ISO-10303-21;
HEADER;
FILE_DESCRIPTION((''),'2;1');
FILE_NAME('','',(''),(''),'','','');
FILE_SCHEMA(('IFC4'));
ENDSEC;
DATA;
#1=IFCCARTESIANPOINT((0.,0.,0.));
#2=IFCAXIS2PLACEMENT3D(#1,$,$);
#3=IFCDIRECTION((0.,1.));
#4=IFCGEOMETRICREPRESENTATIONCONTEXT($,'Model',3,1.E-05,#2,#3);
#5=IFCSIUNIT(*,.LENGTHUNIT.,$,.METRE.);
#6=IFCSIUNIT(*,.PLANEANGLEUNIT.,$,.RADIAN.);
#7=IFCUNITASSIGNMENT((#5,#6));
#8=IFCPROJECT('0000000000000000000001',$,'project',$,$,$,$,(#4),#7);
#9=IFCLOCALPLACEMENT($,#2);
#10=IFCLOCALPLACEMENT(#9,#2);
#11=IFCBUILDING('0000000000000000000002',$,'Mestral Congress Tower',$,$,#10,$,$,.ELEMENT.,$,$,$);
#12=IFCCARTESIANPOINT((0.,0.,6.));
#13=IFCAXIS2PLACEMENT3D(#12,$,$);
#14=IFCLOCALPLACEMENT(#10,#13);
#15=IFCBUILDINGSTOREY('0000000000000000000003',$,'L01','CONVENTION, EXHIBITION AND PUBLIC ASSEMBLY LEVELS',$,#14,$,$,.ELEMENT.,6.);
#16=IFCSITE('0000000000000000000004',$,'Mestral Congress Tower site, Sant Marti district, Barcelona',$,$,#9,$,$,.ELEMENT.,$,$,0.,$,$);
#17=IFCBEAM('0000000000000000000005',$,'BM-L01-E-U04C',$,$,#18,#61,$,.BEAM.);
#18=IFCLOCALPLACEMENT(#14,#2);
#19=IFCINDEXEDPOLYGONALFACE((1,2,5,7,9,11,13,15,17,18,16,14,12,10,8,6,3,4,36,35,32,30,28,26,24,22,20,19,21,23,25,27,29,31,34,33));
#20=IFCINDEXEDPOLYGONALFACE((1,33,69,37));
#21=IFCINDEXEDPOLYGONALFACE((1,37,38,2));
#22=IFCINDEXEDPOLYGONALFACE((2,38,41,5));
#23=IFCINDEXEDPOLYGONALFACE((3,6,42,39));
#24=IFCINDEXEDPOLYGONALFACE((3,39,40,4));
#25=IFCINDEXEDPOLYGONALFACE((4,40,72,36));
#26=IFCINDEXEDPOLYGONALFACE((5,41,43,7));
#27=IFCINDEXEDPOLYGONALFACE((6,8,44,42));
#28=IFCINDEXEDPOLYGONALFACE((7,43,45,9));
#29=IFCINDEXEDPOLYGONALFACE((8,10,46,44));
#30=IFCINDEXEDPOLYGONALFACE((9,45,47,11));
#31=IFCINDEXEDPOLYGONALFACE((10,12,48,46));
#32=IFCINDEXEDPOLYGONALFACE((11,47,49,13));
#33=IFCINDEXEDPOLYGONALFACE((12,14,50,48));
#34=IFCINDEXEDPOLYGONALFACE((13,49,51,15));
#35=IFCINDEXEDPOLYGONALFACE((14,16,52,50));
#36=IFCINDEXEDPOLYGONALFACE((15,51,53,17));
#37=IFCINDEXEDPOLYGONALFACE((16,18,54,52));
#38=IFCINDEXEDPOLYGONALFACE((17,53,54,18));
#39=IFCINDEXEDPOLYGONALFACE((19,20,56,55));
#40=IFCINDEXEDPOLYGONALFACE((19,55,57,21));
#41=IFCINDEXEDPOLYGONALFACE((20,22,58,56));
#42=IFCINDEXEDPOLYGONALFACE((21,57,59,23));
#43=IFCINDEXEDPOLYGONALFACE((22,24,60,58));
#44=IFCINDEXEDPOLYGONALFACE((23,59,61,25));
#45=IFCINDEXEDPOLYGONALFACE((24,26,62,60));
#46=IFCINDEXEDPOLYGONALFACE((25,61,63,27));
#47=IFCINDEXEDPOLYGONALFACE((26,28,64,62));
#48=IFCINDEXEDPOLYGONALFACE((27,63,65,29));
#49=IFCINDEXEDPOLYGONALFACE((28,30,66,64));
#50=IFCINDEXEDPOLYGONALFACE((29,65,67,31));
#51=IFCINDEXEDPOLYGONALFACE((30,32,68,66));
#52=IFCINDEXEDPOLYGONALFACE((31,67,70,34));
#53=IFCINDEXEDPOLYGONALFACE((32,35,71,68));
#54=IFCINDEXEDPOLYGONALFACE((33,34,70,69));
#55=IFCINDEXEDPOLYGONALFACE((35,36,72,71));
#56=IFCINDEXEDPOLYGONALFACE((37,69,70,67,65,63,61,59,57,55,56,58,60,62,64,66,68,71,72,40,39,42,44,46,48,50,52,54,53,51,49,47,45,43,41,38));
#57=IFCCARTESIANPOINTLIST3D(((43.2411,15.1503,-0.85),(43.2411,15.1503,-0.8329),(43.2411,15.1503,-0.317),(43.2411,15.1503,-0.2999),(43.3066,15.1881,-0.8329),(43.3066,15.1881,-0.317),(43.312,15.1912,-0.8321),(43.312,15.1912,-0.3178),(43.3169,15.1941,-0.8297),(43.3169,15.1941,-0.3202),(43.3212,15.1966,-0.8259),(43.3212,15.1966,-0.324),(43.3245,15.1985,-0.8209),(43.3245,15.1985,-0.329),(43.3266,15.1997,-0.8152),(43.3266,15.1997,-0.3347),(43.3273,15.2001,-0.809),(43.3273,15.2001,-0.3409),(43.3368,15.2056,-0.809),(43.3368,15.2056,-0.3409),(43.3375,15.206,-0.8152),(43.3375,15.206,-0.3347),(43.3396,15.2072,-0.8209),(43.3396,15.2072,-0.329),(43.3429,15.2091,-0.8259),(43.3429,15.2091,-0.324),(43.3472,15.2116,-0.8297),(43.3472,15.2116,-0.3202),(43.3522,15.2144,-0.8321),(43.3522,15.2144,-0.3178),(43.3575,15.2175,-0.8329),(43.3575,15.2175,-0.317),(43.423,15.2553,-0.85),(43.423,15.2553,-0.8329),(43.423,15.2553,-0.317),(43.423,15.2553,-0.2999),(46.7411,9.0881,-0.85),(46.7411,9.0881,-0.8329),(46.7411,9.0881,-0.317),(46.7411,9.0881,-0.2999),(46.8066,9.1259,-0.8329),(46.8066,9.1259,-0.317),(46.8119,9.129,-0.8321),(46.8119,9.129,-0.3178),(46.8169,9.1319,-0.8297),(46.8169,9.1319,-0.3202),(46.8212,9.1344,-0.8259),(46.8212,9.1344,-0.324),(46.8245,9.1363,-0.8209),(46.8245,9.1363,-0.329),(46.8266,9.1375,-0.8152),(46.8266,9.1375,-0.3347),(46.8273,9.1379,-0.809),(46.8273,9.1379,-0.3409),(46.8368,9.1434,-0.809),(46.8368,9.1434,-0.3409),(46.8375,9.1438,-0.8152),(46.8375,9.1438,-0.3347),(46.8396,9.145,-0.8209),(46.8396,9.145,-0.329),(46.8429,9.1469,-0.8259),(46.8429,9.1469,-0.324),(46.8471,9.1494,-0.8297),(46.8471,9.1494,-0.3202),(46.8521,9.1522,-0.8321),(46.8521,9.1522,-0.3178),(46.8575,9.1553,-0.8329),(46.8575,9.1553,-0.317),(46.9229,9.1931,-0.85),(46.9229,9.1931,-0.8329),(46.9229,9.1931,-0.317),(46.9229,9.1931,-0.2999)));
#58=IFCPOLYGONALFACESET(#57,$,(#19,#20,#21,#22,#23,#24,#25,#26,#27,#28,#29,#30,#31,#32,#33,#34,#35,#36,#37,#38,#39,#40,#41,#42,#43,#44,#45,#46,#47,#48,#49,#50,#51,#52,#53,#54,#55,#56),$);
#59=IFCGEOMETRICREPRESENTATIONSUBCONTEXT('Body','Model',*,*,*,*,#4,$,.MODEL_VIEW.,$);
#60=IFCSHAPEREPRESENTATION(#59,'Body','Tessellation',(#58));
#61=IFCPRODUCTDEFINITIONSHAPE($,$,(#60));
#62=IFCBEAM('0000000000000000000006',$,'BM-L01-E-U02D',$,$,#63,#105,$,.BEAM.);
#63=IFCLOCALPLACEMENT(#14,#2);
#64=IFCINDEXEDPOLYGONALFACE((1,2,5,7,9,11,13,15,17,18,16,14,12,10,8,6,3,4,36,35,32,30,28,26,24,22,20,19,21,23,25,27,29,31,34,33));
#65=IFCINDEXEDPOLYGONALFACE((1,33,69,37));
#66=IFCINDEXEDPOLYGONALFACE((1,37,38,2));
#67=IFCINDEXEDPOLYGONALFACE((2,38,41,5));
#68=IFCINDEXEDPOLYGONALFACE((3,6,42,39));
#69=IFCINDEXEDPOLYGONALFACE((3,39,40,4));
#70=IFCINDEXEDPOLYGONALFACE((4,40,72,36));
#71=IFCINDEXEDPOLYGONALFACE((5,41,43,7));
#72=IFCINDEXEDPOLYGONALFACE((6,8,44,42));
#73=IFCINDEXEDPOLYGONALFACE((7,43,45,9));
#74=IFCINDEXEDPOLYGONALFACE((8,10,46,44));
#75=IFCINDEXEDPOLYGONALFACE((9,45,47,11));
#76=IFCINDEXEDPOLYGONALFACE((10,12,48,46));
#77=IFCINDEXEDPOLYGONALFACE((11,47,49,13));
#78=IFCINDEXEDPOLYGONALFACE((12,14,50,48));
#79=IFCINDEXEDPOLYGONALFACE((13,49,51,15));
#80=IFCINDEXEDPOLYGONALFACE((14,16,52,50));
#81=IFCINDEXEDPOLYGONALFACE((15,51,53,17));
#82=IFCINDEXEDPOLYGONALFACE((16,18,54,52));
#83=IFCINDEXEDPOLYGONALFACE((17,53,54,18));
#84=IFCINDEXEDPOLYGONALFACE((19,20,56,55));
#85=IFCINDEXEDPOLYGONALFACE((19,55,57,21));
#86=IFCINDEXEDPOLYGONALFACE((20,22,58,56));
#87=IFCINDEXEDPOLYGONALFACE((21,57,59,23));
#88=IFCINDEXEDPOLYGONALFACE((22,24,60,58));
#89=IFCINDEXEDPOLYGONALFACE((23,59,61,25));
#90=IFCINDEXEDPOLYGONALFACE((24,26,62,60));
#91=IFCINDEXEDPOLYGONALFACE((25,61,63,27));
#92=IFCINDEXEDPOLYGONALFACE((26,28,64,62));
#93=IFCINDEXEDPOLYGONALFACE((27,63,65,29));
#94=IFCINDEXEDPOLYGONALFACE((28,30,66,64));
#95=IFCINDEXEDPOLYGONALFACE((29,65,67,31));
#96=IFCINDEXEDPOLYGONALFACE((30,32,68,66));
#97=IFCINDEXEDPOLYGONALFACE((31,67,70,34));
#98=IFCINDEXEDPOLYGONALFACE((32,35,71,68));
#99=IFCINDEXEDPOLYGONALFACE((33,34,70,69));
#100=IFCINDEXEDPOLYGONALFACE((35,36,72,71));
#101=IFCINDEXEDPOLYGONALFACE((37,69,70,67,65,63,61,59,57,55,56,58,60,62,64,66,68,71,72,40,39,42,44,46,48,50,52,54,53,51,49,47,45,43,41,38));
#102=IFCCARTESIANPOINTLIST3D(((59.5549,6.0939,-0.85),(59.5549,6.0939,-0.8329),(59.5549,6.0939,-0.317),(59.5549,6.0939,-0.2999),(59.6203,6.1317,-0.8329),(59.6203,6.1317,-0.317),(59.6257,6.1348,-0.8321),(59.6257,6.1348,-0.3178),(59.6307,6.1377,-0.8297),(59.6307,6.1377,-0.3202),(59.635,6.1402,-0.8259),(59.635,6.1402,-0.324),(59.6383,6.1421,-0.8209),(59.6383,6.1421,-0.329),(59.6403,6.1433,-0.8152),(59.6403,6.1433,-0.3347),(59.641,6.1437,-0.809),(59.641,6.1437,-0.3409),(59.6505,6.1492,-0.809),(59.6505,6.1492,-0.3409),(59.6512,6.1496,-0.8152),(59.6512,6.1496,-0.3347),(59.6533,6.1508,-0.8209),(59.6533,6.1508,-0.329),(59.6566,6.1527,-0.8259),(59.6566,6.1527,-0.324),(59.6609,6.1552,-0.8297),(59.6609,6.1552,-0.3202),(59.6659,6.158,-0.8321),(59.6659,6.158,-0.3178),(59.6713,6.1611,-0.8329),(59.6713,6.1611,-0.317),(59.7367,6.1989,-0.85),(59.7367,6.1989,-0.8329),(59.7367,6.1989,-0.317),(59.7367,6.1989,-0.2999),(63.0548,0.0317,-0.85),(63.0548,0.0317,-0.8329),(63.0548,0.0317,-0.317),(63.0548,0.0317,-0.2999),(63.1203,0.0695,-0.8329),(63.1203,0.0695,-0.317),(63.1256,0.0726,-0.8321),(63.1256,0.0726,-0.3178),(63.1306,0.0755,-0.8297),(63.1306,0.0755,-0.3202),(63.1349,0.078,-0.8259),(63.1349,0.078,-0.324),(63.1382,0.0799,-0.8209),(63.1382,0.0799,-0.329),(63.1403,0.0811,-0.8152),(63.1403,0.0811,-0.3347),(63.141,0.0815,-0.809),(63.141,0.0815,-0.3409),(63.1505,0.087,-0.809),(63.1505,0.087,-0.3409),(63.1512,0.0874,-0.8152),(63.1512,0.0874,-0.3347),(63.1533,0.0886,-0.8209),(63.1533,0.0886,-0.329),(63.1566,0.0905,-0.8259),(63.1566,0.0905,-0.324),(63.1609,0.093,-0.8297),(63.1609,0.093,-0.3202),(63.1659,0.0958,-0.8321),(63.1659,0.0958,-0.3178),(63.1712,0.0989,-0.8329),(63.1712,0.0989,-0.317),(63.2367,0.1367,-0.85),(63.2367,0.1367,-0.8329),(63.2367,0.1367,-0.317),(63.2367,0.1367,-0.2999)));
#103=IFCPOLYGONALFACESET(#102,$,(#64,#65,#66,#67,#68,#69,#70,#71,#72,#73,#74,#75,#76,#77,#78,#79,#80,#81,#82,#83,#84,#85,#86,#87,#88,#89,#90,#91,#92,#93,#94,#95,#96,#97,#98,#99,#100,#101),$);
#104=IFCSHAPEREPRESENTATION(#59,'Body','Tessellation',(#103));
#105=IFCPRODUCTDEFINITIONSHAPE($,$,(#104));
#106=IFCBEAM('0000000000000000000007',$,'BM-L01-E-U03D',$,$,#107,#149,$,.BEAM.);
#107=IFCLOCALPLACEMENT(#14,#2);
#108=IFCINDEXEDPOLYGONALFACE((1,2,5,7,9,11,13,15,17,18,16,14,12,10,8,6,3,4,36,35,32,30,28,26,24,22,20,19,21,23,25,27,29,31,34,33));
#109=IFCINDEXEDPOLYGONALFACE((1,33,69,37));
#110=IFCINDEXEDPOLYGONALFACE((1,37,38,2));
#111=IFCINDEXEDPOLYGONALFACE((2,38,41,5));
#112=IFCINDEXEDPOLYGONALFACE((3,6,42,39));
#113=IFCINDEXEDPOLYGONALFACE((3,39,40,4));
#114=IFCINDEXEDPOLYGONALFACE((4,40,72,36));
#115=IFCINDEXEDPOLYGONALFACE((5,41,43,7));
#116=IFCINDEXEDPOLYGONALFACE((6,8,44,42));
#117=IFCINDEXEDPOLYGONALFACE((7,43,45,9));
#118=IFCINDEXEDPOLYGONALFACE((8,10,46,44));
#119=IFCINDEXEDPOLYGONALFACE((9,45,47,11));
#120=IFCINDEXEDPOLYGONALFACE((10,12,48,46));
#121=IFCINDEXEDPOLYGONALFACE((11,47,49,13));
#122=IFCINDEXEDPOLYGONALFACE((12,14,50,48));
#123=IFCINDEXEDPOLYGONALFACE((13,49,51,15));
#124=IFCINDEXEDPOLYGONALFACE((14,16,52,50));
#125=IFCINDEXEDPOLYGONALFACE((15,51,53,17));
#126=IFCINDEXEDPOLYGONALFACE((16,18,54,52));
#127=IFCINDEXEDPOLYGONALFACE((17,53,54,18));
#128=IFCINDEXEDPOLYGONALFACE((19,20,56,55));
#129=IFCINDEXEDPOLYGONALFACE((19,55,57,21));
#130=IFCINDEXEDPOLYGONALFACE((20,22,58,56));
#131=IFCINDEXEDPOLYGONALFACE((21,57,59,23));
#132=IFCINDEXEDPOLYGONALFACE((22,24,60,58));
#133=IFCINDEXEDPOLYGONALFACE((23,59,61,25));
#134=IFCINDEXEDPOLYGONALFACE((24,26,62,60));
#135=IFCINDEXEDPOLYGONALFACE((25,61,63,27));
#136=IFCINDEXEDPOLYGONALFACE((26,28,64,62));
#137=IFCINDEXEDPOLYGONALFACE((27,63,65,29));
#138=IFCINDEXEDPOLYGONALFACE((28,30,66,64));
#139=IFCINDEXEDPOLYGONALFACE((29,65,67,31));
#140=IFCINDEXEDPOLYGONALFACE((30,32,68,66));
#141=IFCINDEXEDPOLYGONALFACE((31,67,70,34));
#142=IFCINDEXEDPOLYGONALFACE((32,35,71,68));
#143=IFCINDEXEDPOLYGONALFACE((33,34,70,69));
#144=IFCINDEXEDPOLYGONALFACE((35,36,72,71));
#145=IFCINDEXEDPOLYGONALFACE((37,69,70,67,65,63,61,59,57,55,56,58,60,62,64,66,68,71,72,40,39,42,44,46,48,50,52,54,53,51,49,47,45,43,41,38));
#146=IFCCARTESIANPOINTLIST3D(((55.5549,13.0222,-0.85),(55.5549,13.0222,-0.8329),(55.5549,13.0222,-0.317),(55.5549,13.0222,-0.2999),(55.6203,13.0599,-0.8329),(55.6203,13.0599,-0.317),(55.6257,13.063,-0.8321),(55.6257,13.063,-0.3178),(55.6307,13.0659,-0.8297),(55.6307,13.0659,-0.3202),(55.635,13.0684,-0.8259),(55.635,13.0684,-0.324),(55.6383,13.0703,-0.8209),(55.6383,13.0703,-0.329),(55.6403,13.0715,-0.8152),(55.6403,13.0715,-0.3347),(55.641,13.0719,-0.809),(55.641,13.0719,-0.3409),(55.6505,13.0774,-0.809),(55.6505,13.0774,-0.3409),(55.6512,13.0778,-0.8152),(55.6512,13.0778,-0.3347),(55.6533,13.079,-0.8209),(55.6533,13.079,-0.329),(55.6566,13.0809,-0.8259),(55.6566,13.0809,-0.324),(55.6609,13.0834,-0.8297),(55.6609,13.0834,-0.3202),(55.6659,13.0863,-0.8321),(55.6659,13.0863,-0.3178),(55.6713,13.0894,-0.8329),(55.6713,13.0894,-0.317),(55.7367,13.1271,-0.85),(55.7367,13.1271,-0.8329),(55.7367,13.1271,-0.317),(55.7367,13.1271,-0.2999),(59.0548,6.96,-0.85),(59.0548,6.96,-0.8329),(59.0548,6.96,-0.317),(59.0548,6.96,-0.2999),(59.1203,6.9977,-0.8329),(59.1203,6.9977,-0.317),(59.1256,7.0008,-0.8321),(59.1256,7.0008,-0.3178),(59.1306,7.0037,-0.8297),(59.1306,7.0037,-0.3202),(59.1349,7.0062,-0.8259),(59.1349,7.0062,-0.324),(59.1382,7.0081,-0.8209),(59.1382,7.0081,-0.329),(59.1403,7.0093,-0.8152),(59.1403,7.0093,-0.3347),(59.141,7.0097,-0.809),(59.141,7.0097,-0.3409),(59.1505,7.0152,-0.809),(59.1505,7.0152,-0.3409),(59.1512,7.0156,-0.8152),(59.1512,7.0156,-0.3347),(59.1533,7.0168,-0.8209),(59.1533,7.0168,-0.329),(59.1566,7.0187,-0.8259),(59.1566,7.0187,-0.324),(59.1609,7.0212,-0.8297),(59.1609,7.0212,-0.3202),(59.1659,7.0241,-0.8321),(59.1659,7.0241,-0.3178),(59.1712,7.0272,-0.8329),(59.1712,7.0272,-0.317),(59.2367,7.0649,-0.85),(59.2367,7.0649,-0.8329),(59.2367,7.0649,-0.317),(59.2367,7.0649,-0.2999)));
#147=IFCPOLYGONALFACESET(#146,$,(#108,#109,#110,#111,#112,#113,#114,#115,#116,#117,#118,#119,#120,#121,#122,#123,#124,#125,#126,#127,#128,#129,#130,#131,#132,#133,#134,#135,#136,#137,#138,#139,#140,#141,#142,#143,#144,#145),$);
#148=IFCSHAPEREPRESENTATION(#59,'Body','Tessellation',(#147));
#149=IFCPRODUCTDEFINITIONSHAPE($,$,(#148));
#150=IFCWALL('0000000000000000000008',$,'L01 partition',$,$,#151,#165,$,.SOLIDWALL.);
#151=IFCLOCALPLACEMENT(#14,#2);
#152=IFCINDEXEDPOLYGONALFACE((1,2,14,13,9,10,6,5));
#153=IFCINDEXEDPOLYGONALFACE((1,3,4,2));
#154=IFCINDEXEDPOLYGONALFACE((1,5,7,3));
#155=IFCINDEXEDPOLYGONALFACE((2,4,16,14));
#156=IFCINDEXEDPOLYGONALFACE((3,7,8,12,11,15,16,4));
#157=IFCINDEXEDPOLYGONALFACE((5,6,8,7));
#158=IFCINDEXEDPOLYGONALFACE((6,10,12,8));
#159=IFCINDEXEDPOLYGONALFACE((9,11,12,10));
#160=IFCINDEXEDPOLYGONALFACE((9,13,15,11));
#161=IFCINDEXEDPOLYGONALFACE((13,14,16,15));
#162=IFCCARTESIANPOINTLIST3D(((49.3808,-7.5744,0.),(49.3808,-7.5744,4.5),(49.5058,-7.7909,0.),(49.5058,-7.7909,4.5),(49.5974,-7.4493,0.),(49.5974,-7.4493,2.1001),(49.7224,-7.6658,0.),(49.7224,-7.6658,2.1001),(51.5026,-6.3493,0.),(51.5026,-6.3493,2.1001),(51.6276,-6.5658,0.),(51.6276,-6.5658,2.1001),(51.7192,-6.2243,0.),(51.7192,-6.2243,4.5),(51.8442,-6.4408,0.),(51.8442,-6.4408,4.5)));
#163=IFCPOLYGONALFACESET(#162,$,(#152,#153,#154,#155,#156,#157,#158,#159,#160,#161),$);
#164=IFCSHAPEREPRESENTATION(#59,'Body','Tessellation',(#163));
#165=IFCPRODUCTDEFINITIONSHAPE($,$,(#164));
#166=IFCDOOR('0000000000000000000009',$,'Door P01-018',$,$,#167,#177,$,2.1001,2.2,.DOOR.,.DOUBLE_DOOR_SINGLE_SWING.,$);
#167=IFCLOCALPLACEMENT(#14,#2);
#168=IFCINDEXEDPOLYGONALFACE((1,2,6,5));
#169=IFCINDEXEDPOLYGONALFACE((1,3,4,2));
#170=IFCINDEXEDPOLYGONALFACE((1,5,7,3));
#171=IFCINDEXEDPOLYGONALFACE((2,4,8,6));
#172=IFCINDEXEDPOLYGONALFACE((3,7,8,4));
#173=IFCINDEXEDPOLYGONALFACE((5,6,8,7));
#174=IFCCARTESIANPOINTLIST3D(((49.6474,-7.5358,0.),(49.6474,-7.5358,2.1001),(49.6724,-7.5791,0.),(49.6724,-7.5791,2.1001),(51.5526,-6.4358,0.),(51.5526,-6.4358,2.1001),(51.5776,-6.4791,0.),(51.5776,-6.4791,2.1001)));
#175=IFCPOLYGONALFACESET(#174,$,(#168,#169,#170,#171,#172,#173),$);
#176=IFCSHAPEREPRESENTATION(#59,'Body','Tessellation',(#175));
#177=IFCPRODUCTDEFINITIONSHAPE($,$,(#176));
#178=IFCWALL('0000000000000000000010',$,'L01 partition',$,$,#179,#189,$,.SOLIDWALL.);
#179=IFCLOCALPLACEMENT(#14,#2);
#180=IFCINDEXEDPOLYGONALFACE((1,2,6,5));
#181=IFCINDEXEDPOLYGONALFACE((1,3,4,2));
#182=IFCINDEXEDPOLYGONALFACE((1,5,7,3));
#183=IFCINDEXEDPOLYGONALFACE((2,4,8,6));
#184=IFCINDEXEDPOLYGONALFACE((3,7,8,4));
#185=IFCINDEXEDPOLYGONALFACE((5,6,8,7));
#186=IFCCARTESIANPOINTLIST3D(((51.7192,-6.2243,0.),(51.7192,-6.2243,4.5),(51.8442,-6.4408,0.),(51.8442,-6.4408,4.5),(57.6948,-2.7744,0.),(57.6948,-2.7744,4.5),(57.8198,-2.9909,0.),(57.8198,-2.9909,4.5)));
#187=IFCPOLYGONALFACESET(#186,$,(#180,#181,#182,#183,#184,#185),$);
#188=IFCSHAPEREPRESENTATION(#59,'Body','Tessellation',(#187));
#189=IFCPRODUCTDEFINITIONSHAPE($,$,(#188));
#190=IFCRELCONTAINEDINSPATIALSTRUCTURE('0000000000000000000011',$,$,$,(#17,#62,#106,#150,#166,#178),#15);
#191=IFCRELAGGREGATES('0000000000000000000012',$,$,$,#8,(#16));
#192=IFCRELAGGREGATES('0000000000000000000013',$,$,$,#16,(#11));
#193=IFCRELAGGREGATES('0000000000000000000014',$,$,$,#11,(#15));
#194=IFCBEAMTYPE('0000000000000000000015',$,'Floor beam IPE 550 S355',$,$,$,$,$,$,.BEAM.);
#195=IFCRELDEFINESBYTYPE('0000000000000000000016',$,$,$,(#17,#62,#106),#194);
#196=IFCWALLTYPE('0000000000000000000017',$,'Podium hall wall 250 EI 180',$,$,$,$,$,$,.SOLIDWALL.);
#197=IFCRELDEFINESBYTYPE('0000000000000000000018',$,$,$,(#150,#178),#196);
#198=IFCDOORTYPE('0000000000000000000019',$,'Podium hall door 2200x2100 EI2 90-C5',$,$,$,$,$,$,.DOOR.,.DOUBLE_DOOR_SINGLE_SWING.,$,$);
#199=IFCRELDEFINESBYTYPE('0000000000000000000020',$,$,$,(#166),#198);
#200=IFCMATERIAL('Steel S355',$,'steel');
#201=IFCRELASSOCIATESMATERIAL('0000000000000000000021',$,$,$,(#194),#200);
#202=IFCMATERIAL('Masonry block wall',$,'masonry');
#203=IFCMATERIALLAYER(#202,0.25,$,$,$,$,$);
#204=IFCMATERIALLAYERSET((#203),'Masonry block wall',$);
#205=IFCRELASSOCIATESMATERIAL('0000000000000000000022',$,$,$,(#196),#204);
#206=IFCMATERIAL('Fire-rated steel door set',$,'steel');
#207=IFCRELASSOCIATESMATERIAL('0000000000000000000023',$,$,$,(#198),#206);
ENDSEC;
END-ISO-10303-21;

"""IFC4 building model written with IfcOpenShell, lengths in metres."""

from ifc_helpers import new_model, si_unit, direction, frame, frame_2d, origin, origin_2d, place, context, subcontext, project, spatial, rectangle, i_section, extrude, material, layer, layer_set, material_profile, profile_set, type_object, element, fill, save


model = new_model("IFC4")

# Units and contexts
model_context = context("Model", 3, precision=1e-05, world=origin(), true_north=direction((0.0, 1.0)))
body_context = subcontext(model_context, "Body", "Model", "MODEL_VIEW")
ifc_project = project(units=[si_unit("LENGTHUNIT", "METRE"), si_unit("PLANEANGLEUNIT", "RADIAN")], contexts=[model_context])

# Site, building, storey
site_placement = place(None, origin())
site = spatial("IfcSite", under=ifc_project, at=site_placement, Name="Mestral Congress Tower site, Sant Marti district, Barcelona", CompositionType="ELEMENT", RefElevation=0.0)
building_placement = place(site_placement, origin())
building = spatial("IfcBuilding", under=site, at=building_placement, Name="Mestral Congress Tower", CompositionType="ELEMENT")
storey_placement = place(building_placement, frame((0.0, 0.0, 6.0)))
storey = spatial("IfcBuildingStorey", under=building, at=storey_placement, Name="L01", Description="CONVENTION, EXHIBITION AND PUBLIC ASSEMBLY LEVELS", CompositionType="ELEMENT", Elevation=6.0)

# Beams
ifc_material_1 = material(Name="Steel S355", Category="steel")
ifc_material_profile_1 = material_profile(ifc_material_1, i_section(OverallWidth=0.21, OverallDepth=0.55, WebThickness=0.011, FlangeThickness=0.0171, FilletRadius=0.0239, at=origin_2d()), Name="IPE 550")
ifc_profile_set_1 = profile_set([ifc_material_profile_1], Name="Steel S355")
beam_type_1 = type_object("IfcBeamType", Name="Floor beam IPE 550 S355", PredefinedType="BEAM", material=ifc_profile_set_1)
for number, where, z_axis, x_axis, name in (
    (1, (46.832, 9.1406, -0.575), (-0.499995, 0.866028, 0.0), (-0.866028, -0.499995, 0.0), "BM-L01-E-U04C"),
    (2, (63.1458, 0.0842, -0.575), (-0.499995, 0.866028, 0.0), (-0.866028, -0.499995, 0.0), "BM-L01-E-U02D"),
    (3, (59.1458, 7.0125, -0.575), (-0.499995, 0.866028, 0.0), (-0.866028, -0.499995, 0.0), "BM-L01-E-U03D"),
):
    element("IfcBeam", number, at=place(storey_placement, frame(where, z_axis=z_axis, x_axis=x_axis)), inside=storey, type_object=beam_type_1, Name=name, PredefinedType="BEAM", context=body_context, shape_type="SweptSolid", body=[
        extrude(i_section(OverallWidth=0.21, OverallDepth=0.55, WebThickness=0.011, FlangeThickness=0.0171, FilletRadius=0.0239, at=origin_2d()), origin(), (0.0, 0.0, 1.0), 7.0),
    ])

# Wall, opening, door
ifc_material_2 = material(Name="Masonry block wall", Category="masonry")
ifc_layer_1 = layer(ifc_material_2, 0.25)
ifc_layer_set_1 = layer_set([ifc_layer_1], Name="Masonry block wall")
wall_type_1 = type_object("IfcWallType", Name="Podium hall wall 250 EI 180", PredefinedType="SOLIDWALL", material=ifc_layer_set_1)
wall_1_placement = place(storey_placement, frame((51.7817, -6.3325, 0.0), z_axis=(0.0, 0.0, 1.0), x_axis=(-0.86602, -0.500009, 0.0)))
wall_1 = element("IfcWall", 4, at=wall_1_placement, inside=storey, type_object=wall_type_1, Name="L01 partition", PredefinedType="SOLIDWALL", context=body_context, shape_type="SweptSolid", body=[
    extrude(rectangle(XDim=2.7002, YDim=0.25, at=frame_2d((1.3501, 0.0))), origin(), (0.0, 0.0, 1.0), 4.5),
])
opening_1_placement = place(wall_1_placement, frame((0.25, 0.0, 0.0)))
opening_1 = element("IfcOpeningElement", 5, at=opening_1_placement, cuts=wall_1, PredefinedType="OPENING", context=body_context, shape_type="SweptSolid", body=[
    extrude(rectangle(XDim=2.2, YDim=2.1001, at=frame_2d((1.1001, 1.05))), frame((0.0, 0.135, 0.0), z_axis=(0.0, -1.0, 0.0), x_axis=(1.0, 0.0, 0.0)), (0.0, 0.0, 1.0), 0.27),
])
ifc_material_3 = material(Name="Fire-rated steel door set", Category="steel")
door_type_1 = type_object("IfcDoorType", Name="Podium hall door 2200x2100 EI2 90-C5", OperationType="DOUBLE_DOOR_SINGLE_SWING", PredefinedType="DOOR", material=ifc_material_3)
door_1_placement = place(opening_1_placement, origin())
door_1 = element("IfcDoor", 6, at=door_1_placement, inside=storey, type_object=door_type_1, Name="Door P01-018", OperationType="DOUBLE_DOOR_SINGLE_SWING", OverallHeight=2.1001, OverallWidth=2.2, PredefinedType="DOOR", context=body_context, shape_type="SweptSolid", body=[
    extrude(rectangle(XDim=2.2, YDim=2.1001, at=frame_2d((1.1001, 1.05))), frame((0.0, 0.0249, 0.0), z_axis=(0.0, -1.0, 0.0), x_axis=(1.0, 0.0, 0.0)), (0.0, 0.0, 1.0), 0.05),
])
fill(opening_1, door_1)

# Wall
wall_2_placement = place(storey_placement, frame((51.7817, -6.3325, 0.0), z_axis=(0.0, 0.0, 1.0), x_axis=(0.866029, 0.499994, 0.0)))
element("IfcWall", 7, at=wall_2_placement, inside=storey, type_object=wall_type_1, Name="L01 partition", PredefinedType="SOLIDWALL", context=body_context, shape_type="SweptSolid", body=[
    extrude(rectangle(XDim=6.8999, YDim=0.25, at=frame_2d((3.45, 0.0))), origin(), (0.0, 0.0, 1.0), 4.5),
])

save(model, "model.ifc")
